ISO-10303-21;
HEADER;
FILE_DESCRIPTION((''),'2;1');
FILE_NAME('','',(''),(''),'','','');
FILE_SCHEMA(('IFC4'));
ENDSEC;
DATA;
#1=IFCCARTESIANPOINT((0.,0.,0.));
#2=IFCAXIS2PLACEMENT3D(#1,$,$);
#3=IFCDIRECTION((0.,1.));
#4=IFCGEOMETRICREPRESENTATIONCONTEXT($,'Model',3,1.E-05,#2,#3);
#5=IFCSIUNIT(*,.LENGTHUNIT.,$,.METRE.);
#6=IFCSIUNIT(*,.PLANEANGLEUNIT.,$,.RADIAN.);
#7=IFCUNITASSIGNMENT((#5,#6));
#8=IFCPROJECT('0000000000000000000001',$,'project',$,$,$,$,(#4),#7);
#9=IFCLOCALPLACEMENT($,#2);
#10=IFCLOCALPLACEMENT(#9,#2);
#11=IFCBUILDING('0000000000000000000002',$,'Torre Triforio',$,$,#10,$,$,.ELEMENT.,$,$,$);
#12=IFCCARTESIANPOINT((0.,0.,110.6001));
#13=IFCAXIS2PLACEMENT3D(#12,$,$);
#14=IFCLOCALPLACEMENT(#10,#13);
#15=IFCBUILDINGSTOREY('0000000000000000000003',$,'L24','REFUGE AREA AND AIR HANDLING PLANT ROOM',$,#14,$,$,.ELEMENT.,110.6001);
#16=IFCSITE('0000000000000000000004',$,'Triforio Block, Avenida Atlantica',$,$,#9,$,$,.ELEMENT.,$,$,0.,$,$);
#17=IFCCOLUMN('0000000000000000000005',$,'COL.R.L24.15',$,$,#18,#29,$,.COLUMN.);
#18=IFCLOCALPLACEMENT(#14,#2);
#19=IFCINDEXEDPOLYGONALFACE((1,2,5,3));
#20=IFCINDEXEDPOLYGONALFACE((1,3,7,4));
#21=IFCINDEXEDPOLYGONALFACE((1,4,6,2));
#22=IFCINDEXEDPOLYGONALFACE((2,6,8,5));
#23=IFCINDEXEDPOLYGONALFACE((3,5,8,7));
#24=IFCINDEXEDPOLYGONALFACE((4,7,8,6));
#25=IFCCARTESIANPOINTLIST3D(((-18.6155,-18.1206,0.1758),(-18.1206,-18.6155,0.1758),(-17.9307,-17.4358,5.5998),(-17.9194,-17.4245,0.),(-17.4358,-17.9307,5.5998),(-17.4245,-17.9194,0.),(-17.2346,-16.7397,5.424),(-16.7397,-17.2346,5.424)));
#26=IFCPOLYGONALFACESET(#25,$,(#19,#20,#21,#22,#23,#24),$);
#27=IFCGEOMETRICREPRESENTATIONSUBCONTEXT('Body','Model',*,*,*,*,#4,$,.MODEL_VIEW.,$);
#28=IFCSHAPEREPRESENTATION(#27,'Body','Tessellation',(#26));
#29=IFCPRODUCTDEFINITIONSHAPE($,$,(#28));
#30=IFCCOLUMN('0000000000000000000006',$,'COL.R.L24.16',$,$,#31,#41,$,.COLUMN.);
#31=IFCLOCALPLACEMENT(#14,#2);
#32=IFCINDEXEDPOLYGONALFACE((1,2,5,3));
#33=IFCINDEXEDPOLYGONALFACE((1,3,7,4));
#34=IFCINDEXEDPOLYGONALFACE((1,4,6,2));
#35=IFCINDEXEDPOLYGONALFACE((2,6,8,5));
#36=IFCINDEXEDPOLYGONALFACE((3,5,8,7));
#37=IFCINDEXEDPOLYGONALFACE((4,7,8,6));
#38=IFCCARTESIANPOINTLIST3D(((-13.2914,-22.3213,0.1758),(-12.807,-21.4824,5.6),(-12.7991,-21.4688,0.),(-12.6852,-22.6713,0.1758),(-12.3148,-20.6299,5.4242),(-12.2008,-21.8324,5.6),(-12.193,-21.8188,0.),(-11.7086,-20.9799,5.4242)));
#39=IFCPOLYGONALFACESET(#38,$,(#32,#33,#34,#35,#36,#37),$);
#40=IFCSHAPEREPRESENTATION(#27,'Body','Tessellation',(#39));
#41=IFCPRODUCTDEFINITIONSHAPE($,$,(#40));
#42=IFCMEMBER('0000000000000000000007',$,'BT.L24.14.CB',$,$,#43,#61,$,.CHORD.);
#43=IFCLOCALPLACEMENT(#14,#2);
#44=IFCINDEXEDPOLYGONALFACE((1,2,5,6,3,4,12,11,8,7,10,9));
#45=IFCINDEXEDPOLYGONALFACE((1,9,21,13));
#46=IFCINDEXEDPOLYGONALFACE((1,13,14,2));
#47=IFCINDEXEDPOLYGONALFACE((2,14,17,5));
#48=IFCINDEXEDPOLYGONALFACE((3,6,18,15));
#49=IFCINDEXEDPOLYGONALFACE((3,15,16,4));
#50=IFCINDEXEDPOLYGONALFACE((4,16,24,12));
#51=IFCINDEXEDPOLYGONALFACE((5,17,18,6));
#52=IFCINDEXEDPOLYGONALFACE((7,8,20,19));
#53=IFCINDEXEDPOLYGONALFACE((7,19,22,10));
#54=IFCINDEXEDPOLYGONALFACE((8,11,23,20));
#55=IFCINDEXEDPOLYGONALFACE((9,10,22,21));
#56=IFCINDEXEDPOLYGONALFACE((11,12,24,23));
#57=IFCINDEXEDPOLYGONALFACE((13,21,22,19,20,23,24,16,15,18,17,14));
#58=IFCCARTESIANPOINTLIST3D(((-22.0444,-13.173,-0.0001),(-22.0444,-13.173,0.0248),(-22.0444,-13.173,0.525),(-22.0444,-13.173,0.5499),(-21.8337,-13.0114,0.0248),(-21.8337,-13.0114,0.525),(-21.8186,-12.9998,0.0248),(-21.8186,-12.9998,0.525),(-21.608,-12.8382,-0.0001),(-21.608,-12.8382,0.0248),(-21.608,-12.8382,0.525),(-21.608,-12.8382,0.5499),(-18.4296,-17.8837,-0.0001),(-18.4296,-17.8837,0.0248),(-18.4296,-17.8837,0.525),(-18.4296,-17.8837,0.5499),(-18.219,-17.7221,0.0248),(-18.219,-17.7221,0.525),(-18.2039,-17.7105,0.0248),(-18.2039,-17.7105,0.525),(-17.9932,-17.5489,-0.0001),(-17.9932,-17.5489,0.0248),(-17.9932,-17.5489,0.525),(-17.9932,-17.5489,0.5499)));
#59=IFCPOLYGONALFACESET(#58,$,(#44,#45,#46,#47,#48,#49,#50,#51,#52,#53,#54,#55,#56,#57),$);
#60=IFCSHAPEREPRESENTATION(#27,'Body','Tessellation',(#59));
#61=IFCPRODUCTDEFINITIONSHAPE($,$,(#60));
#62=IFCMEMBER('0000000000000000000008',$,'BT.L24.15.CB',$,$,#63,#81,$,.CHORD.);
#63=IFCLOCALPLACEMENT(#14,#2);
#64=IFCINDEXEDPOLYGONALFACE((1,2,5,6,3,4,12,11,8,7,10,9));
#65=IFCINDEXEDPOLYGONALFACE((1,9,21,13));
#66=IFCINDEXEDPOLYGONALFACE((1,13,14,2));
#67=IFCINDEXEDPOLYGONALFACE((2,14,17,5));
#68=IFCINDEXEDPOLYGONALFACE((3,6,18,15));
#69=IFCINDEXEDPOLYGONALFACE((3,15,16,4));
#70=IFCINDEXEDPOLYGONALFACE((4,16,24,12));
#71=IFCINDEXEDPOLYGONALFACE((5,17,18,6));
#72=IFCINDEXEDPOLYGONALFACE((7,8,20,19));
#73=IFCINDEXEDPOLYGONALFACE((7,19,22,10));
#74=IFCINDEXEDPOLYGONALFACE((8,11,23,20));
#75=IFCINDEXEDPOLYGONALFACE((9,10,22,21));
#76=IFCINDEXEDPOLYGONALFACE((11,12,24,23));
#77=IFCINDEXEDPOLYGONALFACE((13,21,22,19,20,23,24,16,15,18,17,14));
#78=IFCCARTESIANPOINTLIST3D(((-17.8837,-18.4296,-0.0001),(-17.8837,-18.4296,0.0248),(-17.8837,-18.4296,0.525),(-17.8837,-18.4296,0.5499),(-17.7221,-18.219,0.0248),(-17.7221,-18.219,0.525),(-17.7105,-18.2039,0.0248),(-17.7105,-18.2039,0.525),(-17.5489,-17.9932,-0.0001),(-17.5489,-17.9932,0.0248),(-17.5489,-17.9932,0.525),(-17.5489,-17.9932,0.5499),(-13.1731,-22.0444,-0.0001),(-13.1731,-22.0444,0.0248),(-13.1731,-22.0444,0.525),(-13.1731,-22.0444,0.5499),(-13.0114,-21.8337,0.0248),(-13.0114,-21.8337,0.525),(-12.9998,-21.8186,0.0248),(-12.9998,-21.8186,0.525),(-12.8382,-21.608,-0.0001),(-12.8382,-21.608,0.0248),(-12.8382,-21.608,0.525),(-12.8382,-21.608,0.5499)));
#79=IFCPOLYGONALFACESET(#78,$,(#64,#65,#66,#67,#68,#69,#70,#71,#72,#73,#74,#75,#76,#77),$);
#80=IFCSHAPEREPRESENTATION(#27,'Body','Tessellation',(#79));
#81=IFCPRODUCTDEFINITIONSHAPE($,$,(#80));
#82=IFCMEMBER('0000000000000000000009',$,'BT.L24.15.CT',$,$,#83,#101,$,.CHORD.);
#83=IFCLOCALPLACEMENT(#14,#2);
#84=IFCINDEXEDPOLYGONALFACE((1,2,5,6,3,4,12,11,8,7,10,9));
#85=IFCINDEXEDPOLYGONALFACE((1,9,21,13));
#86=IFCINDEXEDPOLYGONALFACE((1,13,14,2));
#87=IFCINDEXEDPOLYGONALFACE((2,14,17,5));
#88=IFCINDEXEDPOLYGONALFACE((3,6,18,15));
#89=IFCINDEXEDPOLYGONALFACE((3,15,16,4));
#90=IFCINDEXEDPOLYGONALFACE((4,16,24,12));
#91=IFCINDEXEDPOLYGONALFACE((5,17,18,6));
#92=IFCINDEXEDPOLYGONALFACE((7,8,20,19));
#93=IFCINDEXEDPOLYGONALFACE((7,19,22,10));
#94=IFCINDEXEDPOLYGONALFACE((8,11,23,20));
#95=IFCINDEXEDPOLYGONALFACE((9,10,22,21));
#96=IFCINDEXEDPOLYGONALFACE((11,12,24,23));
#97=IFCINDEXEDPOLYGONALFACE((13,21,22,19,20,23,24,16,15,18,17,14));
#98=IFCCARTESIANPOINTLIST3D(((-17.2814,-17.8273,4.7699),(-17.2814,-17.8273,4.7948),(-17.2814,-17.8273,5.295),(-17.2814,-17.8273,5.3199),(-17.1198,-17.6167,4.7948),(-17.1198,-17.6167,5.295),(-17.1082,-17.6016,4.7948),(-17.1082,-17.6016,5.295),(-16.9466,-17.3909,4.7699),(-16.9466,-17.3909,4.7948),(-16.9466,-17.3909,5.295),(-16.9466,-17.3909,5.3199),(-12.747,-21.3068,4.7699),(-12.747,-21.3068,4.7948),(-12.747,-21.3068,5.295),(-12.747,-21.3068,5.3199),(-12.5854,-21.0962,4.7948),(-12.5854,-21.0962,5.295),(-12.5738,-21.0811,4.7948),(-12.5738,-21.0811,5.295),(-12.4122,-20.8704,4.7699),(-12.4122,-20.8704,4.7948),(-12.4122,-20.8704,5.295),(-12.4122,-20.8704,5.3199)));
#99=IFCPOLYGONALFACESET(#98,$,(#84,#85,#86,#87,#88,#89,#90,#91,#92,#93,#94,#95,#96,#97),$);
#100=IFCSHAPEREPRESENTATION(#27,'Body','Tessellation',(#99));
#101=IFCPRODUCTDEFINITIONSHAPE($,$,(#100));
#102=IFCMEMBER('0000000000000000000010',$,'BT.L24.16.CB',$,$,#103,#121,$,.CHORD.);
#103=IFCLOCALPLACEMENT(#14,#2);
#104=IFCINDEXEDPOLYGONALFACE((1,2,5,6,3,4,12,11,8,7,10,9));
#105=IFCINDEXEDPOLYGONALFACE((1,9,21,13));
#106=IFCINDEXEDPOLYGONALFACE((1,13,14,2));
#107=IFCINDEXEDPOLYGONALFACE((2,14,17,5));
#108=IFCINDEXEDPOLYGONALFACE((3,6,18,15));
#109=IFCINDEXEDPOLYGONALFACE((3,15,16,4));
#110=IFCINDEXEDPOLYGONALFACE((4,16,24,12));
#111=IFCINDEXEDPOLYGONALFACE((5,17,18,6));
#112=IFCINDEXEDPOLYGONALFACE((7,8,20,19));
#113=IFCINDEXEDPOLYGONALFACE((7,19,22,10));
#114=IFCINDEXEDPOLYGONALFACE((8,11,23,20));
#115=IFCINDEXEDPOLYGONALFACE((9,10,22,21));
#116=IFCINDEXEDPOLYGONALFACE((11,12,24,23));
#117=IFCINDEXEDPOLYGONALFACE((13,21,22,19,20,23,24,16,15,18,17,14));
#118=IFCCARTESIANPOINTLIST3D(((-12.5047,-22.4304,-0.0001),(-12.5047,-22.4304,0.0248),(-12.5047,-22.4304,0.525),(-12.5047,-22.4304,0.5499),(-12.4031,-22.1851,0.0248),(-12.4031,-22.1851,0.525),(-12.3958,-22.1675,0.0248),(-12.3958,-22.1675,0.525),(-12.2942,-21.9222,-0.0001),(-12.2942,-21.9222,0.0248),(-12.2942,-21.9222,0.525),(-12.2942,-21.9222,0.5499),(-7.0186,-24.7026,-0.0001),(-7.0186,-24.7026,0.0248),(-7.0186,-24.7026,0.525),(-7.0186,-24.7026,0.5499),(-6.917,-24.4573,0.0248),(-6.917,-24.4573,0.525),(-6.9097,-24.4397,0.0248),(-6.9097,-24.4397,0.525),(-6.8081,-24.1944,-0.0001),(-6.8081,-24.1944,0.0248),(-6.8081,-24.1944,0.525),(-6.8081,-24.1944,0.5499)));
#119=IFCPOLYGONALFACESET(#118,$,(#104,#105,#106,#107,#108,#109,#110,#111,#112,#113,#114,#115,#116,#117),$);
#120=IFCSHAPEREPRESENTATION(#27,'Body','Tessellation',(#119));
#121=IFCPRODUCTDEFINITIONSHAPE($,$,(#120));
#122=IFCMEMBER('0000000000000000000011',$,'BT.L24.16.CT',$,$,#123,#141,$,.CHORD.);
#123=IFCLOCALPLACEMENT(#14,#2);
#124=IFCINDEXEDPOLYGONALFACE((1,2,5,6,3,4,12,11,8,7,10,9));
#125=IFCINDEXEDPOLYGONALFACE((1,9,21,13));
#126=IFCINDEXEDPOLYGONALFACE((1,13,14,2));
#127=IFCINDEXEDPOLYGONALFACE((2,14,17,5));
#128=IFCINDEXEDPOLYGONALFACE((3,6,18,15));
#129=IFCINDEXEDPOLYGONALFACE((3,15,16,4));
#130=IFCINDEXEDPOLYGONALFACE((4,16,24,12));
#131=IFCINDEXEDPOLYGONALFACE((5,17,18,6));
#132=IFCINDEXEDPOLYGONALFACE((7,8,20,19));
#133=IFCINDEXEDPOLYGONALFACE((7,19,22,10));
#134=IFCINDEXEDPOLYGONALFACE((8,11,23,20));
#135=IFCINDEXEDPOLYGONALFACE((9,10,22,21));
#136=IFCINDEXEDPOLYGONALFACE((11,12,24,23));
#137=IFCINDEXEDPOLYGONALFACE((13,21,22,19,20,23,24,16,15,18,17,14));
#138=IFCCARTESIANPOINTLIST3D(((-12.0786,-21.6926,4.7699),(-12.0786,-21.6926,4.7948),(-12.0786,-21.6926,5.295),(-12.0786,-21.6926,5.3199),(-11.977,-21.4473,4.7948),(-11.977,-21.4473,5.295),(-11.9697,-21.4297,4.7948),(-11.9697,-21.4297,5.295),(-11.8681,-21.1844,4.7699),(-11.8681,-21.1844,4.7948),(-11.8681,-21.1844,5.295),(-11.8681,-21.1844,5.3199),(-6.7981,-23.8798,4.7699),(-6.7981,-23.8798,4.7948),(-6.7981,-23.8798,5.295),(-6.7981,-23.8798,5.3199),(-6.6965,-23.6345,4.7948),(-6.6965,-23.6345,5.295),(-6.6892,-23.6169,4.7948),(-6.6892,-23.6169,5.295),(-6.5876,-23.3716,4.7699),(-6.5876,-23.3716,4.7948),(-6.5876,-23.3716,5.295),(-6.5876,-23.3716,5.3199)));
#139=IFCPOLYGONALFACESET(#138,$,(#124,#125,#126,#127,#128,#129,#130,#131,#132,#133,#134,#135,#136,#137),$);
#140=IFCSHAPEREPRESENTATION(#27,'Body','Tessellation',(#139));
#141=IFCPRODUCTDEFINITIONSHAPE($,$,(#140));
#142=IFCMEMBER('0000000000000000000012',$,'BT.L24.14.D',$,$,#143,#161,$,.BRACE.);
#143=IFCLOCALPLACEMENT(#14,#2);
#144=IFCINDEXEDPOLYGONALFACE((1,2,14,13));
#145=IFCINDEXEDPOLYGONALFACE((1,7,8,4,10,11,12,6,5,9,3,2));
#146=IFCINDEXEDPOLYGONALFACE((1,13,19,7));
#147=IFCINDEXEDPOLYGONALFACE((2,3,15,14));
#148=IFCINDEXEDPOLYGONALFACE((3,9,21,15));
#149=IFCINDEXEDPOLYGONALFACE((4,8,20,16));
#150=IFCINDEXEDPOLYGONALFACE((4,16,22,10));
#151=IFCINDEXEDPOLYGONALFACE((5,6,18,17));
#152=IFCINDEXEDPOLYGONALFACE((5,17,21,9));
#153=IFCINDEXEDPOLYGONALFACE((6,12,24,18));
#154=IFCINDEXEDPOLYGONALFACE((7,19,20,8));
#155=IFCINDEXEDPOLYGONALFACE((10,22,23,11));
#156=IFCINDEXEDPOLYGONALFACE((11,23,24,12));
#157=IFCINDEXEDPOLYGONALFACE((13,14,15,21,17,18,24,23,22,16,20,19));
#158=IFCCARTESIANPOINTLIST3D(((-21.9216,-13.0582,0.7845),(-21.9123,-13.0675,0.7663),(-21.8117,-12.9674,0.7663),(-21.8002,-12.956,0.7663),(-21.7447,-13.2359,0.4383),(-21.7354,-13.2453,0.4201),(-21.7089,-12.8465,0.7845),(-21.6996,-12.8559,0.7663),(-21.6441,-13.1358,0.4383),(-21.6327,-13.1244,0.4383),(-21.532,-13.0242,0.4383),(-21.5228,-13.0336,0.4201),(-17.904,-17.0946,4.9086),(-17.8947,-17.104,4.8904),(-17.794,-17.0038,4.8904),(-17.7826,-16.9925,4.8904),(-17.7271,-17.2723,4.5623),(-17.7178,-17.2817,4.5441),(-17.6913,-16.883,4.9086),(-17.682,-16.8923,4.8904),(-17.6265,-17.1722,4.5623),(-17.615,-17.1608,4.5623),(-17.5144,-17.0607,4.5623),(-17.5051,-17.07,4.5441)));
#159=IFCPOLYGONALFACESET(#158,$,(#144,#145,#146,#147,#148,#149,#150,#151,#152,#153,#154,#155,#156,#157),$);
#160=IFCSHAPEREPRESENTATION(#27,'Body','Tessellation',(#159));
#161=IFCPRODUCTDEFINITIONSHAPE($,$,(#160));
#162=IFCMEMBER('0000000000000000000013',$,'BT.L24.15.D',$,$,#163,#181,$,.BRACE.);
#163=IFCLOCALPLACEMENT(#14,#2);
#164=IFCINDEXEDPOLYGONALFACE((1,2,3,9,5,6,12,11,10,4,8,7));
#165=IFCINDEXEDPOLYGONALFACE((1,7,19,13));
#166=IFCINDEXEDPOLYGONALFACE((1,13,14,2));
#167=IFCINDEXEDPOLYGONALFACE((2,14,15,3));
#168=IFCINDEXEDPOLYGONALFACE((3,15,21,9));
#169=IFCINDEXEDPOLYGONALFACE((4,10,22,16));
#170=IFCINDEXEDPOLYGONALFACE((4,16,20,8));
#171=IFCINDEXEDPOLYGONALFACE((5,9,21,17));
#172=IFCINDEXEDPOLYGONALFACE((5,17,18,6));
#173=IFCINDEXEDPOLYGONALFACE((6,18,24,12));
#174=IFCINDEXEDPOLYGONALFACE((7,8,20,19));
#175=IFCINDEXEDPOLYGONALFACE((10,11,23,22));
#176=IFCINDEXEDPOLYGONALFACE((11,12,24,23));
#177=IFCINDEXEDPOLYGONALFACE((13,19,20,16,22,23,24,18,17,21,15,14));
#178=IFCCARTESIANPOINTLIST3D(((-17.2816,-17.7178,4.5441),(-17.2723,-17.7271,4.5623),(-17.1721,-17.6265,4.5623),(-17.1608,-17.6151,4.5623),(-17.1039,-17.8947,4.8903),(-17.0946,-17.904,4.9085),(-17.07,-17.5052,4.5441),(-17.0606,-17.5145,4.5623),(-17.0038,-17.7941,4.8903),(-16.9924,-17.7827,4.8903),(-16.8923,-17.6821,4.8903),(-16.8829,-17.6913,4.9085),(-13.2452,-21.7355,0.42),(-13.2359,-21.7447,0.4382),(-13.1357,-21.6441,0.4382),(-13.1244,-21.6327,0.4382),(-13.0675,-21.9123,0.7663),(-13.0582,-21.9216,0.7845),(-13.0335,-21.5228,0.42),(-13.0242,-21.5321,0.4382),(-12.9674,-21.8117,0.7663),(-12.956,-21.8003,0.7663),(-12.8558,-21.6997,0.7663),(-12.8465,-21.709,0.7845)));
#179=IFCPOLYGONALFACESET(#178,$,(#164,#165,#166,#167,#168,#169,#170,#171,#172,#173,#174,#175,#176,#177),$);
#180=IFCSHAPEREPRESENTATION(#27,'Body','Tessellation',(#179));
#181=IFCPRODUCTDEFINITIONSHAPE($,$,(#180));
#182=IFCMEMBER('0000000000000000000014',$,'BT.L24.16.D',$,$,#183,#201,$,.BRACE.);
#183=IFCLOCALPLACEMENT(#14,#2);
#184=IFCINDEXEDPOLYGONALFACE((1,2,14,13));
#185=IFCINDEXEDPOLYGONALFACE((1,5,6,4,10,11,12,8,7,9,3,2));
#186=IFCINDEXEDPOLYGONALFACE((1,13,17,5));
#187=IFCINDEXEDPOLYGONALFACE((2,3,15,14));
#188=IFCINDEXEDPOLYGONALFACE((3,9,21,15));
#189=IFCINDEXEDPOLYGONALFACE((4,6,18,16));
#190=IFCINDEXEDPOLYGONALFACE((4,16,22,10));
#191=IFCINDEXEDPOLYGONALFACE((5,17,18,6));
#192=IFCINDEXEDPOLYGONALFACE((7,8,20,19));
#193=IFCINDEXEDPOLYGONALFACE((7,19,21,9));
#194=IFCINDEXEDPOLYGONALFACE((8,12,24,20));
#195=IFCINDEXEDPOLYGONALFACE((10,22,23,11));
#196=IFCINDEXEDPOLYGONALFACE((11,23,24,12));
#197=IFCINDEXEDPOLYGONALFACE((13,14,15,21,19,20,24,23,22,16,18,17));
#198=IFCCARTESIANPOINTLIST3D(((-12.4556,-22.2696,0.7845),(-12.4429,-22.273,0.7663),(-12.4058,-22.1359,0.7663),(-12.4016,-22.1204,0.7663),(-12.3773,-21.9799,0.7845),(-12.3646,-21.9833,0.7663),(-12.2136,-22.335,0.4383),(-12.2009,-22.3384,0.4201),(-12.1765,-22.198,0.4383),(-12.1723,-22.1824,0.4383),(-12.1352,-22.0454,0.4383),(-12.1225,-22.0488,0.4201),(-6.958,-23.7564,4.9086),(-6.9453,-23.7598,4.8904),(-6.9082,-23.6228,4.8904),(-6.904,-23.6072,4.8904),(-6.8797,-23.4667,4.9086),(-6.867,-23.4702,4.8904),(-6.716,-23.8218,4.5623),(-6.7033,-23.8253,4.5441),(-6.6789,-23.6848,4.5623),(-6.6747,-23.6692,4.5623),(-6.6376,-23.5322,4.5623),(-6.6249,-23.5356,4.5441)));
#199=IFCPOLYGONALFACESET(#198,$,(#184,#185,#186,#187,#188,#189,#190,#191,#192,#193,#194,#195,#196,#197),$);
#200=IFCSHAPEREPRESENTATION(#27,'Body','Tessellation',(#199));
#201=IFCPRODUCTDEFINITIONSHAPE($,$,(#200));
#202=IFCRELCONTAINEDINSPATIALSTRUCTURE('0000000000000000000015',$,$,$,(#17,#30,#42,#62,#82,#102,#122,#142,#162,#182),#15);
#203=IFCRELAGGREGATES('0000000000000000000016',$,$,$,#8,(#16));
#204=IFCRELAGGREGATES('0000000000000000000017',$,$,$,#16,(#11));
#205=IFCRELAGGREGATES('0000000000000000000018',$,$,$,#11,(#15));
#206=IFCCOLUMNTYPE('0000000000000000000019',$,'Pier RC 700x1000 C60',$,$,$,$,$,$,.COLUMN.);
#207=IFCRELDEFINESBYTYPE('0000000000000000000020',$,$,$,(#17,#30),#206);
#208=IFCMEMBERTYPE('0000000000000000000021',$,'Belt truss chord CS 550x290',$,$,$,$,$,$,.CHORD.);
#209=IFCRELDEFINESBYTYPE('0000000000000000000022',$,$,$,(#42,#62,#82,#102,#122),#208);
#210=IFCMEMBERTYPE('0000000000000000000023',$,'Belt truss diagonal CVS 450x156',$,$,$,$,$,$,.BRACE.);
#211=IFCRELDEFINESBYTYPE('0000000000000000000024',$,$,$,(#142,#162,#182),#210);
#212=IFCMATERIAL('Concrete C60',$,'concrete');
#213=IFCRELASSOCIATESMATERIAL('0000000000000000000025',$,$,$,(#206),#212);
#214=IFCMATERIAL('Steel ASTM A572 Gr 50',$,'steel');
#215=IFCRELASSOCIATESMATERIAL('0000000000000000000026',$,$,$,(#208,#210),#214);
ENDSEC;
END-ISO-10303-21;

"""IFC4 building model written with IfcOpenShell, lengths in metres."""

from ifc_helpers import new_model, si_unit, direction, frame, origin, origin_2d, place, context, subcontext, project, spatial, rectangle, i_section, extrude, material, material_profile, profile_set, type_object, element, save


model = new_model("IFC4")

# Units and contexts
model_context = context("Model", 3, precision=1e-05, world=origin(), true_north=direction((0.0, 1.0)))
body_context = subcontext(model_context, "Body", "Model", "MODEL_VIEW")
ifc_project = project(units=[si_unit("LENGTHUNIT", "METRE"), si_unit("PLANEANGLEUNIT", "RADIAN")], contexts=[model_context])

# Site, building, storey
site_placement = place(None, origin())
site = spatial("IfcSite", under=ifc_project, at=site_placement, Name="Triforio Block, Avenida Atlantica", CompositionType="ELEMENT", RefElevation=0.0)
building_placement = place(site_placement, origin())
building = spatial("IfcBuilding", under=site, at=building_placement, Name="Torre Triforio", CompositionType="ELEMENT")
storey_placement = place(building_placement, frame((0.0, 0.0, 110.6001)))
storey = spatial("IfcBuildingStorey", under=building, at=storey_placement, Name="L24", Description="REFUGE AREA AND AIR HANDLING PLANT ROOM", CompositionType="ELEMENT", Elevation=110.6001)

# Columns
ifc_material_1 = material(Name="Concrete C60", Category="concrete")
ifc_material_profile_1 = material_profile(ifc_material_1, rectangle(XDim=0.7, YDim=1.0, at=origin_2d()), Name="RC 700x1000")
ifc_profile_set_1 = profile_set([ifc_material_profile_1], Name="Concrete C60")
column_type = type_object("IfcColumnType", Name="Pier RC 700x1000 C60", PredefinedType="COLUMN", material=ifc_profile_set_1)
column_1_placement = place(storey_placement, frame((-18.02, -18.02, 0.0879), z_axis=(0.124289, 0.124289, 0.984431), x_axis=(-0.707107, 0.707107, 0.0)))
element("IfcColumn", 1, at=column_1_placement, inside=storey, type_object=column_type, Name="COL.R.L24.15", PredefinedType="COLUMN", context=body_context, shape_type="SweptSolid", body=[
    extrude(rectangle(XDim=0.7, YDim=1.0, at=origin_2d()), origin(), (0.0, 0.0, 1.0), 5.5098),
])
column_2_placement = place(storey_placement, frame((-12.7422, -22.0701, 0.0879), z_axis=(0.08791, 0.152248, 0.984425), x_axis=(-0.866001, 0.500042, 0.0)))
element("IfcColumn", 2, at=column_2_placement, inside=storey, type_object=column_type, Name="COL.R.L24.16", PredefinedType="COLUMN", context=body_context, shape_type="SweptSolid", body=[
    extrude(rectangle(XDim=0.7, YDim=1.0, at=origin_2d()), origin(), (0.0, 0.0, 1.0), 5.51),
])

# Members
ifc_material_2 = material(Name="Steel ASTM A572 Gr 50", Category="steel")
ifc_material_profile_2 = material_profile(ifc_material_2, i_section(OverallWidth=0.55, OverallDepth=0.55, WebThickness=0.019, FlangeThickness=0.0249, at=origin_2d()), Name="CS 550x290")
ifc_profile_set_2 = profile_set([ifc_material_profile_2], Name="Steel ASTM A572 Gr 50")
member_type_1 = type_object("IfcMemberType", Name="Belt truss chord CS 550x290", PredefinedType="CHORD", material=ifc_profile_set_2)
for number, where, z_axis, x_axis, name in (
    (3, (-21.8262, -13.0056, 0.2749), (0.608772, -0.793345, 0.0), (0.793345, 0.608772, 0.0), "BT.L24.14.CB"),
    (4, (-17.7163, -18.2114, 0.2749), (0.793345, -0.608772, 0.0), (0.608772, 0.793345, 0.0), "BT.L24.15.CB"),
):
    element("IfcMember", number, at=place(storey_placement, frame(where, z_axis=z_axis, x_axis=x_axis)), inside=storey, type_object=member_type_1, Name=name, PredefinedType="CHORD", context=body_context, shape_type="SweptSolid", body=[
        extrude(i_section(OverallWidth=0.55, OverallDepth=0.55, WebThickness=0.019, FlangeThickness=0.0249, at=origin_2d()), origin(), (0.0, 0.0, 1.0), 5.9377),
    ])
member_1_placement = place(storey_placement, frame((-17.114, -17.6091, 5.0449), z_axis=(0.793344, -0.608773, 0.0), x_axis=(0.608773, 0.793344, 0.0)))
element("IfcMember", 5, at=member_1_placement, inside=storey, type_object=member_type_1, Name="BT.L24.15.CT", PredefinedType="CHORD", context=body_context, shape_type="SweptSolid", body=[
    extrude(i_section(OverallWidth=0.55, OverallDepth=0.55, WebThickness=0.019, FlangeThickness=0.0249, at=origin_2d()), origin(), (0.0, 0.0, 1.0), 5.7156),
])
member_2_placement = place(storey_placement, frame((-12.3994, -22.1763, 0.2749), z_axis=(0.923891, -0.382656, 0.0), x_axis=(0.382656, 0.923891, 0.0)))
element("IfcMember", 6, at=member_2_placement, inside=storey, type_object=member_type_1, Name="BT.L24.16.CB", PredefinedType="CHORD", context=body_context, shape_type="SweptSolid", body=[
    extrude(i_section(OverallWidth=0.55, OverallDepth=0.55, WebThickness=0.019, FlangeThickness=0.0249, at=origin_2d()), origin(), (0.0, 0.0, 1.0), 5.938),
])
member_3_placement = place(storey_placement, frame((-11.9734, -21.4385, 5.0449), z_axis=(0.92388, -0.382683, 0.0), x_axis=(0.382683, 0.92388, 0.0)))
element("IfcMember", 7, at=member_3_placement, inside=storey, type_object=member_type_1, Name="BT.L24.16.CT", PredefinedType="CHORD", context=body_context, shape_type="SweptSolid", body=[
    extrude(i_section(OverallWidth=0.55, OverallDepth=0.55, WebThickness=0.019, FlangeThickness=0.0249, at=origin_2d()), origin(), (0.0, 0.0, 1.0), 5.7156),
])
ifc_material_profile_3 = material_profile(ifc_material_2, i_section(OverallWidth=0.3, OverallDepth=0.45, WebThickness=0.0161, FlangeThickness=0.0225, at=origin_2d()), Name="CVS 450x156")
ifc_profile_set_3 = profile_set([ifc_material_profile_3], Name="Steel ASTM A572 Gr 50")
member_type_2 = type_object("IfcMemberType", Name="Belt truss diagonal CVS 450x156", PredefinedType="BRACE", material=ifc_profile_set_3)
for number, where, z_axis, x_axis, name in (
    (8, (-21.7222, -13.0459, 0.6023), (0.571375, -0.574049, 0.586514), (0.708755, 0.705454, 0.0), "BT.L24.14.D"),
    (9, (-17.0823, -17.7046, 4.7263), (0.574049, -0.571375, -0.586514), (0.705454, 0.708755, 0.0), "BT.L24.15.D"),
    (10, (-12.2891, -22.1592, 0.6023), (0.781852, -0.211452, 0.586511), (0.261071, 0.96532, 0.0), "BT.L24.16.D"),
):
    element("IfcMember", number, at=place(storey_placement, frame(where, z_axis=z_axis, x_axis=x_axis)), inside=storey, type_object=member_type_2, Name=name, PredefinedType="BRACE", context=body_context, shape_type="SweptSolid", body=[
        extrude(i_section(OverallWidth=0.3, OverallDepth=0.45, WebThickness=0.0161, FlangeThickness=0.0225, at=origin_2d()), origin(), (0.0, 0.0, 1.0), 7.0315),
    ])

save(model, "model.ifc")
